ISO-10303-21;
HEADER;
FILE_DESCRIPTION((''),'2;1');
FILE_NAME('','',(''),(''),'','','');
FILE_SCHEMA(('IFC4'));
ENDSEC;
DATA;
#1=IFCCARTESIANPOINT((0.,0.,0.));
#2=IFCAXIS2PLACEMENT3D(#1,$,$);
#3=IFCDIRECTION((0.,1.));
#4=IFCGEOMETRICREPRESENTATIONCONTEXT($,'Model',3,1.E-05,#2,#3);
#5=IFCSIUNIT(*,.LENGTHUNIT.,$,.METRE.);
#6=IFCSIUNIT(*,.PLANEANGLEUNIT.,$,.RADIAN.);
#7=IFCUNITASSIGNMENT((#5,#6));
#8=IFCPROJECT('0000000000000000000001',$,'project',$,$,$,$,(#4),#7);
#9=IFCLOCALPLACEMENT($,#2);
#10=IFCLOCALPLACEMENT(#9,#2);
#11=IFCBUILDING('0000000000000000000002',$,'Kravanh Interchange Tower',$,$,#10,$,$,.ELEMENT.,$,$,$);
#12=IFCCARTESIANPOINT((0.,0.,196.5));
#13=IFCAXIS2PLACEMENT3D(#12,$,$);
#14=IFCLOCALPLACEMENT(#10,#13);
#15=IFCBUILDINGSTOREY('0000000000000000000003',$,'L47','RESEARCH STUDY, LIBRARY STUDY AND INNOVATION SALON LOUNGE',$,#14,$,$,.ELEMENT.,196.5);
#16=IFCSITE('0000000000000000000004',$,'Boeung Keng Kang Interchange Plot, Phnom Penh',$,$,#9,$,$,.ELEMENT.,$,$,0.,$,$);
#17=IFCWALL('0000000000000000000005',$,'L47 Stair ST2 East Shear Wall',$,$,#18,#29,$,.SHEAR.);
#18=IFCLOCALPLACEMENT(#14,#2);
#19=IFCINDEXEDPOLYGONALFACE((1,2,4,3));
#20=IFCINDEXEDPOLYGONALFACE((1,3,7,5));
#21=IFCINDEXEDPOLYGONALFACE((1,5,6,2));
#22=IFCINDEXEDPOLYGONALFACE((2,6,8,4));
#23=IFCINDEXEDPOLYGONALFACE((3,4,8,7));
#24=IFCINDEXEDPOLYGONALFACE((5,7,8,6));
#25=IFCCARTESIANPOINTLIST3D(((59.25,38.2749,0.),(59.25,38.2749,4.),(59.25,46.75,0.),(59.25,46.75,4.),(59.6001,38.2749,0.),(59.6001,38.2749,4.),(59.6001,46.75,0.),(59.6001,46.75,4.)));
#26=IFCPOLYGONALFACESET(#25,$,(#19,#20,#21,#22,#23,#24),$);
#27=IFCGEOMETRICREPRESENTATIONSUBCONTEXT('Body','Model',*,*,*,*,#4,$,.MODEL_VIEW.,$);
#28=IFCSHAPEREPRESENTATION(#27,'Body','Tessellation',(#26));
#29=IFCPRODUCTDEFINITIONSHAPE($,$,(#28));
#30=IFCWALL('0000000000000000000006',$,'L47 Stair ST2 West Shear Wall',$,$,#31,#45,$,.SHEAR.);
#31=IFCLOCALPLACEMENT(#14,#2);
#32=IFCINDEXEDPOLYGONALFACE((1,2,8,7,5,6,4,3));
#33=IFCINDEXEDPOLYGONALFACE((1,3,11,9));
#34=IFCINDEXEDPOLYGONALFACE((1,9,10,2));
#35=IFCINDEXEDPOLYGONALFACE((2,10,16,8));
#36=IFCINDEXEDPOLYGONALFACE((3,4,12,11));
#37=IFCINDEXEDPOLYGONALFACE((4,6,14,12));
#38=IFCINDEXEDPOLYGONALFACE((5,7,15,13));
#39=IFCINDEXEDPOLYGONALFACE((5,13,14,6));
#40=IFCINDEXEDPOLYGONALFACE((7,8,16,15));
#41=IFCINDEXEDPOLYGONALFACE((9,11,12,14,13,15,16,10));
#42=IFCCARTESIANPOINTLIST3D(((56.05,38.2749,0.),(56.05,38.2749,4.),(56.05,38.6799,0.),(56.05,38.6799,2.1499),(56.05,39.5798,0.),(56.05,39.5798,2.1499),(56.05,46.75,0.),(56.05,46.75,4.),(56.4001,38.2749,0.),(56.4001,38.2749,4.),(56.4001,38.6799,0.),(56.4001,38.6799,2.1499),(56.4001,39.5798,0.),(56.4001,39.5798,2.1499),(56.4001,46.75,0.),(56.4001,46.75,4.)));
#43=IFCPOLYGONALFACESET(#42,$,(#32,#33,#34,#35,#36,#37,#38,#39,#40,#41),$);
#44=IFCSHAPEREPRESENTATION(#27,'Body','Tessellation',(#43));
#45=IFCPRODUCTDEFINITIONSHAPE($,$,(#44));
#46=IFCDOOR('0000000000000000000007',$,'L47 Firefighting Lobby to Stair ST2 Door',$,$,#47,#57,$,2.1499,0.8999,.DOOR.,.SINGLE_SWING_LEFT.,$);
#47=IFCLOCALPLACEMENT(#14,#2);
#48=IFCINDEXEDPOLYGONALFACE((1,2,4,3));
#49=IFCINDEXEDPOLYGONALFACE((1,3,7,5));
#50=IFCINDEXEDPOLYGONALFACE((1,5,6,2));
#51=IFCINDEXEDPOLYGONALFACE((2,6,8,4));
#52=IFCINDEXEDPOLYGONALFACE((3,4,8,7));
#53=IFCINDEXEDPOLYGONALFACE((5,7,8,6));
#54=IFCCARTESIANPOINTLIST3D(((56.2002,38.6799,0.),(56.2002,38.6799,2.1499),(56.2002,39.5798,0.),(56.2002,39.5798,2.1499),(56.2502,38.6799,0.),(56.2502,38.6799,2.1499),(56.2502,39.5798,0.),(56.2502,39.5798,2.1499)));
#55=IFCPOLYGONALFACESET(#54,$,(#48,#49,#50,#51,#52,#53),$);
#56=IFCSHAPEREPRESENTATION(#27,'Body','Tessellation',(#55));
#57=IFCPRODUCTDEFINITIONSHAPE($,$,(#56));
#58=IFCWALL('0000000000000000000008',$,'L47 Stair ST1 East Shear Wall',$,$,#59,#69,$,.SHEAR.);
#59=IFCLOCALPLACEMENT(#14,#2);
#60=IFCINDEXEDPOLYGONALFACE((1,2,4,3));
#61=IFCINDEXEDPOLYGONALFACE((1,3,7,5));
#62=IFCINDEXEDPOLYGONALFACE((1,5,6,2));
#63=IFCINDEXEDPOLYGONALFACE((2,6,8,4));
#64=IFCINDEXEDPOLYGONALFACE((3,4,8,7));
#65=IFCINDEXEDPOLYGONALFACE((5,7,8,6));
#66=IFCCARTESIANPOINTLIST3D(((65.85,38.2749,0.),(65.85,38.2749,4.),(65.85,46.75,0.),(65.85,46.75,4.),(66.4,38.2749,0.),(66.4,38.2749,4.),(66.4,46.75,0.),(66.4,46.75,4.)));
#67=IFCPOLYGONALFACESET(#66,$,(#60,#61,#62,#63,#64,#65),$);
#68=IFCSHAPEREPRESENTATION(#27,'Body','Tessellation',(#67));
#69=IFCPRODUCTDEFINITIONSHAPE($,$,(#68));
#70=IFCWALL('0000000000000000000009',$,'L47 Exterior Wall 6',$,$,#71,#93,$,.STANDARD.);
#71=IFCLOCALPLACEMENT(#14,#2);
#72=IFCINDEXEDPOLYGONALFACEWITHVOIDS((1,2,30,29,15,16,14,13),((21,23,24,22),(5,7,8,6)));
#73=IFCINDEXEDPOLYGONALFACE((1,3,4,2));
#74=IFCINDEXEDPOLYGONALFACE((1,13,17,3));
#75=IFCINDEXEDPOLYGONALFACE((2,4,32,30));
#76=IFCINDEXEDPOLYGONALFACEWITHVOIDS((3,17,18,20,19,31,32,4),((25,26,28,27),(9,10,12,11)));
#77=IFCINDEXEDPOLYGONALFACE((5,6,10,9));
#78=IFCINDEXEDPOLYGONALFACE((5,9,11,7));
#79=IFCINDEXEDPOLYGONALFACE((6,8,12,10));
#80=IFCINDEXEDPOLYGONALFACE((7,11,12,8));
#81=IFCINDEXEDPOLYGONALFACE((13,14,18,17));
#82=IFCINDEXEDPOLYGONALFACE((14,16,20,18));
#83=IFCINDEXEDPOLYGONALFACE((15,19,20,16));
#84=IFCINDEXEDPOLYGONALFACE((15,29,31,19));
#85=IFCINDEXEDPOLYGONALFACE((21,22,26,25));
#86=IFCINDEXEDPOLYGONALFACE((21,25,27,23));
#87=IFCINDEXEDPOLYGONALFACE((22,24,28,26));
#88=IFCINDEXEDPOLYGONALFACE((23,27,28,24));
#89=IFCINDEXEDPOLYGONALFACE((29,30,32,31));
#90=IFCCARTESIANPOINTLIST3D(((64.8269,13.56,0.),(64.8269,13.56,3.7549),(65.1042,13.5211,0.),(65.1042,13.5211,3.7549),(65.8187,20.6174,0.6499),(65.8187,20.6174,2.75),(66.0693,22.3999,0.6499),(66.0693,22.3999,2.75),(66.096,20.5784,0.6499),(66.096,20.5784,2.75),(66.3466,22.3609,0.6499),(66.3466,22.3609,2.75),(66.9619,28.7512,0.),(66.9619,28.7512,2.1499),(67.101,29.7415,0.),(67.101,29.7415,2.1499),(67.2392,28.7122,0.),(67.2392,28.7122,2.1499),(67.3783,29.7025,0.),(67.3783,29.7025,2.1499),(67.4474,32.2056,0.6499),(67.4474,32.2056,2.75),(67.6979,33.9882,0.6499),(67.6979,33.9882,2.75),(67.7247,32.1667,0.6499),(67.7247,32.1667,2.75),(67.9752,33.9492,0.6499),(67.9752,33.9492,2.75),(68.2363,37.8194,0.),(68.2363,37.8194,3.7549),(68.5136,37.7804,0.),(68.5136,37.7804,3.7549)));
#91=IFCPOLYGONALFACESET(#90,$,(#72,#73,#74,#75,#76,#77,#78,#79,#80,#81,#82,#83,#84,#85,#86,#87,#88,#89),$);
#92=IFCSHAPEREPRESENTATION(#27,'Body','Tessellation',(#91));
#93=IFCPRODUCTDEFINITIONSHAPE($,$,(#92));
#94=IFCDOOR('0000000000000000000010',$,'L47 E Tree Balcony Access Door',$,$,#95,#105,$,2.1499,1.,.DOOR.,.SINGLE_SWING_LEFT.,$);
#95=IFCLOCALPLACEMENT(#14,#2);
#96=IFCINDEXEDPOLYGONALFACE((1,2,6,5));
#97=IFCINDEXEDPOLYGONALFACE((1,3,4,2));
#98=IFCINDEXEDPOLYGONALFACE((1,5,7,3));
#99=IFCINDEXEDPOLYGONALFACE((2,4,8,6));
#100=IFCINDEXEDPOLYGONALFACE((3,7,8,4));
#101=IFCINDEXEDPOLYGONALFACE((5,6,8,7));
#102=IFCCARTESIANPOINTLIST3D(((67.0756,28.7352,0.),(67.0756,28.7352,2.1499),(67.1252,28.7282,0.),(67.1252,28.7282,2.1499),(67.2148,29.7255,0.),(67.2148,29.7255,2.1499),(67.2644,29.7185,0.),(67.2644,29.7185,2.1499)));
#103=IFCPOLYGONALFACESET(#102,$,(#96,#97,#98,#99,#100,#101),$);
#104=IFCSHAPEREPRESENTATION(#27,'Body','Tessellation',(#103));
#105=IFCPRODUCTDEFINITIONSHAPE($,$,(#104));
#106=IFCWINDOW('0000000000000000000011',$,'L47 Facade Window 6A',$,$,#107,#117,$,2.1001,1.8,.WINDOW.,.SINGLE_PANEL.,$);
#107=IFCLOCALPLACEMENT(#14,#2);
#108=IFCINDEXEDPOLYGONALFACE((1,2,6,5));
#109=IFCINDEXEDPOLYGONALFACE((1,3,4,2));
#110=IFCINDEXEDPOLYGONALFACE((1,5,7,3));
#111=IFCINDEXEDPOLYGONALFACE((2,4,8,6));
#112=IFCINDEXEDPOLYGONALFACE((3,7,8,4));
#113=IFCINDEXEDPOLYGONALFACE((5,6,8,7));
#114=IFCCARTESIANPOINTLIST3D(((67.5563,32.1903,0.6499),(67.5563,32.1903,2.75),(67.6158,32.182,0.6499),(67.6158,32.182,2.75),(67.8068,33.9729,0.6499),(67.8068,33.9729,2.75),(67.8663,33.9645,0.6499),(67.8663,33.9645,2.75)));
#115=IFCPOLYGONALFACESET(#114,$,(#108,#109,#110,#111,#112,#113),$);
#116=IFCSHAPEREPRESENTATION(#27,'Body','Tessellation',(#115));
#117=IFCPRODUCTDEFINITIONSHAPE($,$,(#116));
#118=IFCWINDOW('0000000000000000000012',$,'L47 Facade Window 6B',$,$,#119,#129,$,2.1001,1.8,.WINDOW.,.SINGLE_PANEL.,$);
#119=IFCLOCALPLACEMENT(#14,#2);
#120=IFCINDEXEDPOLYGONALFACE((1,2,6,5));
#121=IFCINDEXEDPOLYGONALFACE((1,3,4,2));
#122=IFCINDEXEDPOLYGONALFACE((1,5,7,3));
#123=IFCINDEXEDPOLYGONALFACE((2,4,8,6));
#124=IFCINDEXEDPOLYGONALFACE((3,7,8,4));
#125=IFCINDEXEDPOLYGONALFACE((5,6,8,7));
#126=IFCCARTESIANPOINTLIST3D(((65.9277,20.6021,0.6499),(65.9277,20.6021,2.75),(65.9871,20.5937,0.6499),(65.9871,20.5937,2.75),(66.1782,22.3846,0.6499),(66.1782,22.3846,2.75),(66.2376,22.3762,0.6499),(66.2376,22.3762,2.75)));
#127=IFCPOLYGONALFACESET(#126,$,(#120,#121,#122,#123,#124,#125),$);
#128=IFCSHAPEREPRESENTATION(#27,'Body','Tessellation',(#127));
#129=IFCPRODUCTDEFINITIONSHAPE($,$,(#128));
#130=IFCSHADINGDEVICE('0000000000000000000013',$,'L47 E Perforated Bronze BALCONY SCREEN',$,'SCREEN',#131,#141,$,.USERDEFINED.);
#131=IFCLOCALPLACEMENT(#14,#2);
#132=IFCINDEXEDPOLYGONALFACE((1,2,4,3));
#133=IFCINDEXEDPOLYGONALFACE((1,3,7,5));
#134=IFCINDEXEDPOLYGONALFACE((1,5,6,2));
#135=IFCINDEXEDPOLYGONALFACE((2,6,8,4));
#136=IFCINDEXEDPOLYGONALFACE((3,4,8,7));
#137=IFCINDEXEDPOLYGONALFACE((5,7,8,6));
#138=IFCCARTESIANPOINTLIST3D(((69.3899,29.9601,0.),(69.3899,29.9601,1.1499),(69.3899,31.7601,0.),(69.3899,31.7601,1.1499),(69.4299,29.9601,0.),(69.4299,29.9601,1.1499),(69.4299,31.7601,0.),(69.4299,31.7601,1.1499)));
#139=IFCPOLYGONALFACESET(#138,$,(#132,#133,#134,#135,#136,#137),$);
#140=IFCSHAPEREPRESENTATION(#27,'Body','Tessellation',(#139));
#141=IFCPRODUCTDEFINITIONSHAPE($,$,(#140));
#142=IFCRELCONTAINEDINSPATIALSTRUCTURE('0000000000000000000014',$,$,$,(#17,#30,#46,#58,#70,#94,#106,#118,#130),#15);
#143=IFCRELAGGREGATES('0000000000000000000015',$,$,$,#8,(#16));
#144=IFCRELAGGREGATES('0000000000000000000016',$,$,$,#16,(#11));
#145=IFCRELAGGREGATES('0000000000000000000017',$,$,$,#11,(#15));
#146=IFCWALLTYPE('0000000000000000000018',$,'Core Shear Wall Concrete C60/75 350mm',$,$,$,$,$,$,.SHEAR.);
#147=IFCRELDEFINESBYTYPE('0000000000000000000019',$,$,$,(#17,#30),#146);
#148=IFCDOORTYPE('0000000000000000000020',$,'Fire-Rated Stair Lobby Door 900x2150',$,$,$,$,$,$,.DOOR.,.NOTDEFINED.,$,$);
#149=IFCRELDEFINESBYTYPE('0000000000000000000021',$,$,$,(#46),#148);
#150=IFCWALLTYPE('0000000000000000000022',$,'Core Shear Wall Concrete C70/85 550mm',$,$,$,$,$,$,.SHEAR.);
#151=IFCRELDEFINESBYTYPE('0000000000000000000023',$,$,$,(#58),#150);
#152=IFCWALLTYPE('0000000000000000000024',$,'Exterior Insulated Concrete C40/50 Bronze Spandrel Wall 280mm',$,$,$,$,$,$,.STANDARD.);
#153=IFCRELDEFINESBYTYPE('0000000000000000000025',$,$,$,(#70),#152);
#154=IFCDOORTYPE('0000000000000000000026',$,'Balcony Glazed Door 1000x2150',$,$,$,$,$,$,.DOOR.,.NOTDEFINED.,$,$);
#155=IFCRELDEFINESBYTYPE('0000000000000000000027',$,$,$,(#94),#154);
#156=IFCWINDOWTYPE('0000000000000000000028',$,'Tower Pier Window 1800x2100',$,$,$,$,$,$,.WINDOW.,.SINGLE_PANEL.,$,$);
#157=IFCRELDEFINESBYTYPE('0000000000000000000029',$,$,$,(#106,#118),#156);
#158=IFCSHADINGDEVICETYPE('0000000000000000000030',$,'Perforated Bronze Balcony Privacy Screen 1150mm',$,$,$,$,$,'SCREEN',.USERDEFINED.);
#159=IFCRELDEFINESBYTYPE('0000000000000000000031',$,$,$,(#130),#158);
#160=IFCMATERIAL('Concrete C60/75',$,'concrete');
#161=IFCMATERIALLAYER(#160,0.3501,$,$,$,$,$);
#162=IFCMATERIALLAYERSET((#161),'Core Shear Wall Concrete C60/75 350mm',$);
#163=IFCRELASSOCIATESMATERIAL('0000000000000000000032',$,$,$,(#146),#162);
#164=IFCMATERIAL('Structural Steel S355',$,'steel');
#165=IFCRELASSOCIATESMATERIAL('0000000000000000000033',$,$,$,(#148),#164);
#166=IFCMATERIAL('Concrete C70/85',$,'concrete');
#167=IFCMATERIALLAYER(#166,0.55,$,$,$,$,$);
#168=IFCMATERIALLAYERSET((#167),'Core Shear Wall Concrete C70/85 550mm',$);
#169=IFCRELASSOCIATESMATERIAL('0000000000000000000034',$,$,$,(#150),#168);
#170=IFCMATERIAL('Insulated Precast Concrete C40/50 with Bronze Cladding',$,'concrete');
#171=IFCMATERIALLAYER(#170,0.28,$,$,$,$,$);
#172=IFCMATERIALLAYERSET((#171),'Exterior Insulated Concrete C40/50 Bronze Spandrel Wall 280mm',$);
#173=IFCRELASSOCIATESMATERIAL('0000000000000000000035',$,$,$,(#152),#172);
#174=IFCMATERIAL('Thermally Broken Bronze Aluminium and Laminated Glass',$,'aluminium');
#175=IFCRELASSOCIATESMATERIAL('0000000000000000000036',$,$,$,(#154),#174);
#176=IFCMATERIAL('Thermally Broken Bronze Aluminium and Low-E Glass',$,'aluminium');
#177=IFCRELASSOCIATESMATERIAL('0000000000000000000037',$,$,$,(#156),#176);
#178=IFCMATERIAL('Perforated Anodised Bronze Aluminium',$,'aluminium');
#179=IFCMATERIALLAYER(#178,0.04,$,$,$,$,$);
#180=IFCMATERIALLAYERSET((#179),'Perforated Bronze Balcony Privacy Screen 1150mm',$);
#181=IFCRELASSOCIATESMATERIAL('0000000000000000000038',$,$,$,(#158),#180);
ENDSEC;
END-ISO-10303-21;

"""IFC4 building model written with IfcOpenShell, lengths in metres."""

from ifc_helpers import new_model, si_unit, direction, frame, frame_2d, origin, origin_2d, place, context, subcontext, project, spatial, rectangle, extrude, material, layer, layer_set, type_object, element, fill, save


model = new_model("IFC4")

# Units and contexts
model_context = context("Model", 3, precision=1e-05, world=origin(), true_north=direction((0.0, 1.0)))
body_context = subcontext(model_context, "Body", "Model", "MODEL_VIEW")
ifc_project = project(units=[si_unit("LENGTHUNIT", "METRE"), si_unit("PLANEANGLEUNIT", "RADIAN")], contexts=[model_context])

# Site, building, storey
site_placement = place(None, origin())
site = spatial("IfcSite", under=ifc_project, at=site_placement, Name="Boeung Keng Kang Interchange Plot, Phnom Penh", CompositionType="ELEMENT", RefElevation=0.0)
building_placement = place(site_placement, origin())
building = spatial("IfcBuilding", under=site, at=building_placement, Name="Kravanh Interchange Tower", CompositionType="ELEMENT")
storey_placement = place(building_placement, frame((0.0, 0.0, 196.5)))
storey = spatial("IfcBuildingStorey", under=building, at=storey_placement, Name="L47", Description="RESEARCH STUDY, LIBRARY STUDY AND INNOVATION SALON LOUNGE", CompositionType="ELEMENT", Elevation=196.5)

# Wall
ifc_material_1 = material(Name="Concrete C60/75", Category="concrete")
ifc_layer_1 = layer(ifc_material_1, 0.3501)
ifc_layer_set_1 = layer_set([ifc_layer_1], Name="Core Shear Wall Concrete C60/75 350mm")
wall_type_1 = type_object("IfcWallType", Name="Core Shear Wall Concrete C60/75 350mm", PredefinedType="SHEAR", material=ifc_layer_set_1)
for number, where, z_axis, x_axis, name in (
    (1, (59.425, 38.2749, 0.0), (0.0, 0.0, 1.0), (0.0, 1.0, 0.0), "L47 Stair ST2 East Shear Wall"),
):
    element("IfcWall", number, at=place(storey_placement, frame(where, z_axis=z_axis, x_axis=x_axis)), inside=storey, type_object=wall_type_1, Name=name, PredefinedType="SHEAR", context=body_context, shape_type="SweptSolid", body=[
        extrude(rectangle(XDim=8.4751, YDim=0.3501, at=frame_2d((4.2375, 0.0))), origin(), (0.0, 0.0, 1.0), 4.0),
    ])

# Wall, opening, door
wall_1_placement = place(storey_placement, frame((56.2251, 38.2749, 0.0), z_axis=(0.0, 0.0, 1.0), x_axis=(0.0, 1.0, 0.0)))
wall_1 = element("IfcWall", 2, at=wall_1_placement, inside=storey, type_object=wall_type_1, Name="L47 Stair ST2 West Shear Wall", PredefinedType="SHEAR", context=body_context, shape_type="SweptSolid", body=[
    extrude(rectangle(XDim=8.4751, YDim=0.3501, at=frame_2d((4.2375, 0.0))), origin(), (0.0, 0.0, 1.0), 4.0),
])
opening_1_placement = place(wall_1_placement, frame((0.405, 0.0, 0.0)))
opening_1 = element("IfcOpeningElement", 3, at=opening_1_placement, cuts=wall_1, PredefinedType="OPENING", context=body_context, shape_type="SweptSolid", body=[
    extrude(rectangle(XDim=0.8999, YDim=2.1499, at=frame_2d((0.45, 1.075))), frame((0.0, 0.1851, 0.0), z_axis=(0.0, -1.0, 0.0), x_axis=(1.0, 0.0, 0.0)), (0.0, 0.0, 1.0), 0.3701),
])
ifc_material_2 = material(Name="Structural Steel S355", Category="steel")
door_type_1 = type_object("IfcDoorType", Name="Fire-Rated Stair Lobby Door 900x2150", OperationType="NOTDEFINED", PredefinedType="DOOR", material=ifc_material_2)
door_1_placement = place(opening_1_placement, origin())
door_1 = element("IfcDoor", 4, at=door_1_placement, inside=storey, type_object=door_type_1, Name="L47 Firefighting Lobby to Stair ST2 Door", OperationType="SINGLE_SWING_LEFT", OverallHeight=2.1499, OverallWidth=0.8999, PredefinedType="DOOR", context=body_context, shape_type="SweptSolid", body=[
    extrude(rectangle(XDim=0.8999, YDim=2.1499, at=frame_2d((0.45, 1.075))), frame((0.0, 0.0249, 0.0), z_axis=(0.0, -1.0, 0.0), x_axis=(1.0, 0.0, 0.0)), (0.0, 0.0, 1.0), 0.05),
])
fill(opening_1, door_1)

# Wall
ifc_material_3 = material(Name="Concrete C70/85", Category="concrete")
ifc_layer_2 = layer(ifc_material_3, 0.55)
ifc_layer_set_2 = layer_set([ifc_layer_2], Name="Core Shear Wall Concrete C70/85 550mm")
wall_type_2 = type_object("IfcWallType", Name="Core Shear Wall Concrete C70/85 550mm", PredefinedType="SHEAR", material=ifc_layer_set_2)
wall_2_placement = place(storey_placement, frame((66.125, 38.2749, 0.0), z_axis=(0.0, 0.0, 1.0), x_axis=(0.0, 1.0, 0.0)))
element("IfcWall", 5, at=wall_2_placement, inside=storey, type_object=wall_type_2, Name="L47 Stair ST1 East Shear Wall", PredefinedType="SHEAR", context=body_context, shape_type="SweptSolid", body=[
    extrude(rectangle(XDim=8.4751, YDim=0.55, at=frame_2d((4.2375, 0.0))), origin(), (0.0, 0.0, 1.0), 4.0),
])

# Wall, openings, door, windows
ifc_material_4 = material(Name="Insulated Precast Concrete C40/50 with Bronze Cladding", Category="concrete")
ifc_layer_3 = layer(ifc_material_4, 0.28)
ifc_layer_set_3 = layer_set([ifc_layer_3], Name="Exterior Insulated Concrete C40/50 Bronze Spandrel Wall 280mm")
wall_type_3 = type_object("IfcWallType", Name="Exterior Insulated Concrete C40/50 Bronze Spandrel Wall 280mm", PredefinedType="STANDARD", material=ifc_layer_set_3)
wall_3_placement = place(storey_placement, frame((68.375, 37.8, 0.0), z_axis=(0.0, 0.0, 1.0), x_axis=(-0.139173, -0.990268, 0.0)))
wall_3 = element("IfcWall", 6, at=wall_3_placement, inside=storey, type_object=wall_type_3, Name="L47 Exterior Wall 6", PredefinedType="STANDARD", context=body_context, shape_type="SweptSolid", body=[
    extrude(rectangle(XDim=24.4978, YDim=0.28, at=frame_2d((12.249, 0.0))), origin(), (0.0, 0.0, 1.0), 3.7549),
])
opening_2_placement = place(wall_3_placement, frame((8.1575, 0.0, 0.0)))
opening_2 = element("IfcOpeningElement", 7, at=opening_2_placement, cuts=wall_3, PredefinedType="OPENING", context=body_context, shape_type="SweptSolid", body=[
    extrude(rectangle(XDim=1.0, YDim=2.1499, at=frame_2d((0.5, 1.075))), frame((0.0, 0.1499, 0.0), z_axis=(0.0, -1.0, 0.0), x_axis=(1.0, 0.0, 0.0)), (0.0, 0.0, 1.0), 0.3),
])
opening_3_placement = place(wall_3_placement, frame((3.8691, 0.0, 0.6499)))
opening_3 = element("IfcOpeningElement", 8, at=opening_3_placement, cuts=wall_3, PredefinedType="OPENING", context=body_context, shape_type="SweptSolid", body=[
    extrude(rectangle(XDim=1.8, YDim=2.1001, at=frame_2d((0.8999, 1.05))), frame((0.0, 0.1499, 0.0), z_axis=(0.0, -1.0, 0.0), x_axis=(1.0, 0.0, 0.0)), (0.0, 0.0, 1.0), 0.3),
])
opening_4_placement = place(wall_3_placement, frame((15.5713, 0.0, 0.6499)))
opening_4 = element("IfcOpeningElement", 9, at=opening_4_placement, cuts=wall_3, PredefinedType="OPENING", context=body_context, shape_type="SweptSolid", body=[
    extrude(rectangle(XDim=1.8, YDim=2.1001, at=frame_2d((0.8999, 1.05))), frame((0.0, 0.1499, 0.0), z_axis=(0.0, -1.0, 0.0), x_axis=(1.0, 0.0, 0.0)), (0.0, 0.0, 1.0), 0.3),
])
ifc_material_5 = material(Name="Thermally Broken Bronze Aluminium and Laminated Glass", Category="aluminium")
door_type_2 = type_object("IfcDoorType", Name="Balcony Glazed Door 1000x2150", OperationType="NOTDEFINED", PredefinedType="DOOR", material=ifc_material_5)
door_2_placement = place(opening_2_placement, origin())
door_2 = element("IfcDoor", 10, at=door_2_placement, inside=storey, type_object=door_type_2, Name="L47 E Tree Balcony Access Door", OperationType="SINGLE_SWING_LEFT", OverallHeight=2.1499, OverallWidth=1.0, PredefinedType="DOOR", context=body_context, shape_type="SweptSolid", body=[
    extrude(rectangle(XDim=1.0, YDim=2.1499, at=frame_2d((0.5, 1.075))), frame((0.0, 0.0249, 0.0), z_axis=(0.0, -1.0, 0.0), x_axis=(1.0, 0.0, 0.0)), (0.0, 0.0, 1.0), 0.05),
])
fill(opening_2, door_2)
ifc_material_6 = material(Name="Thermally Broken Bronze Aluminium and Low-E Glass", Category="aluminium")
window_type = type_object("IfcWindowType", Name="Tower Pier Window 1800x2100", PartitioningType="SINGLE_PANEL", PredefinedType="WINDOW", material=ifc_material_6)
window_1_placement = place(opening_3_placement, origin())
window_1 = element("IfcWindow", 11, at=window_1_placement, inside=storey, type_object=window_type, Name="L47 Facade Window 6A", OverallHeight=2.1001, OverallWidth=1.8, PartitioningType="SINGLE_PANEL", PredefinedType="WINDOW", context=body_context, shape_type="SweptSolid", body=[
    extrude(rectangle(XDim=1.8, YDim=2.1001, at=frame_2d((0.8999, 1.05))), frame((0.0, 0.03, 0.0), z_axis=(0.0, -1.0, 0.0), x_axis=(1.0, 0.0, 0.0)), (0.0, 0.0, 1.0), 0.0601),
])
fill(opening_3, window_1)
window_2_placement = place(opening_4_placement, origin())
window_2 = element("IfcWindow", 12, at=window_2_placement, inside=storey, type_object=window_type, Name="L47 Facade Window 6B", OverallHeight=2.1001, OverallWidth=1.8, PartitioningType="SINGLE_PANEL", PredefinedType="WINDOW", context=body_context, shape_type="SweptSolid", body=[
    extrude(rectangle(XDim=1.8, YDim=2.1001, at=frame_2d((0.8999, 1.05))), frame((0.0, 0.03, 0.0), z_axis=(0.0, -1.0, 0.0), x_axis=(1.0, 0.0, 0.0)), (0.0, 0.0, 1.0), 0.0601),
])
fill(opening_4, window_2)

# Shading device
ifc_material_7 = material(Name="Perforated Anodised Bronze Aluminium", Category="aluminium")
ifc_layer_4 = layer(ifc_material_7, 0.04)
ifc_layer_set_4 = layer_set([ifc_layer_4], Name="Perforated Bronze Balcony Privacy Screen 1150mm")
shading_device_type = type_object("IfcShadingDeviceType", Name="Perforated Bronze Balcony Privacy Screen 1150mm", ElementType="SCREEN", PredefinedType="USERDEFINED", material=ifc_layer_set_4)
shading_device_placement = place(storey_placement, frame((69.4099, 30.8601, 0.0), z_axis=(0.0, 0.0, 1.0), x_axis=(1.0, 0.0, 0.0)))
element("IfcShadingDevice", 13, at=shading_device_placement, inside=storey, type_object=shading_device_type, Name="L47 E Perforated Bronze BALCONY SCREEN", ObjectType="SCREEN", PredefinedType="USERDEFINED", context=body_context, shape_type="SweptSolid", body=[
    extrude(rectangle(XDim=0.04, YDim=1.8, at=origin_2d()), origin(), (0.0, 0.0, 1.0), 1.1499),
])

save(model, "model.ifc")
